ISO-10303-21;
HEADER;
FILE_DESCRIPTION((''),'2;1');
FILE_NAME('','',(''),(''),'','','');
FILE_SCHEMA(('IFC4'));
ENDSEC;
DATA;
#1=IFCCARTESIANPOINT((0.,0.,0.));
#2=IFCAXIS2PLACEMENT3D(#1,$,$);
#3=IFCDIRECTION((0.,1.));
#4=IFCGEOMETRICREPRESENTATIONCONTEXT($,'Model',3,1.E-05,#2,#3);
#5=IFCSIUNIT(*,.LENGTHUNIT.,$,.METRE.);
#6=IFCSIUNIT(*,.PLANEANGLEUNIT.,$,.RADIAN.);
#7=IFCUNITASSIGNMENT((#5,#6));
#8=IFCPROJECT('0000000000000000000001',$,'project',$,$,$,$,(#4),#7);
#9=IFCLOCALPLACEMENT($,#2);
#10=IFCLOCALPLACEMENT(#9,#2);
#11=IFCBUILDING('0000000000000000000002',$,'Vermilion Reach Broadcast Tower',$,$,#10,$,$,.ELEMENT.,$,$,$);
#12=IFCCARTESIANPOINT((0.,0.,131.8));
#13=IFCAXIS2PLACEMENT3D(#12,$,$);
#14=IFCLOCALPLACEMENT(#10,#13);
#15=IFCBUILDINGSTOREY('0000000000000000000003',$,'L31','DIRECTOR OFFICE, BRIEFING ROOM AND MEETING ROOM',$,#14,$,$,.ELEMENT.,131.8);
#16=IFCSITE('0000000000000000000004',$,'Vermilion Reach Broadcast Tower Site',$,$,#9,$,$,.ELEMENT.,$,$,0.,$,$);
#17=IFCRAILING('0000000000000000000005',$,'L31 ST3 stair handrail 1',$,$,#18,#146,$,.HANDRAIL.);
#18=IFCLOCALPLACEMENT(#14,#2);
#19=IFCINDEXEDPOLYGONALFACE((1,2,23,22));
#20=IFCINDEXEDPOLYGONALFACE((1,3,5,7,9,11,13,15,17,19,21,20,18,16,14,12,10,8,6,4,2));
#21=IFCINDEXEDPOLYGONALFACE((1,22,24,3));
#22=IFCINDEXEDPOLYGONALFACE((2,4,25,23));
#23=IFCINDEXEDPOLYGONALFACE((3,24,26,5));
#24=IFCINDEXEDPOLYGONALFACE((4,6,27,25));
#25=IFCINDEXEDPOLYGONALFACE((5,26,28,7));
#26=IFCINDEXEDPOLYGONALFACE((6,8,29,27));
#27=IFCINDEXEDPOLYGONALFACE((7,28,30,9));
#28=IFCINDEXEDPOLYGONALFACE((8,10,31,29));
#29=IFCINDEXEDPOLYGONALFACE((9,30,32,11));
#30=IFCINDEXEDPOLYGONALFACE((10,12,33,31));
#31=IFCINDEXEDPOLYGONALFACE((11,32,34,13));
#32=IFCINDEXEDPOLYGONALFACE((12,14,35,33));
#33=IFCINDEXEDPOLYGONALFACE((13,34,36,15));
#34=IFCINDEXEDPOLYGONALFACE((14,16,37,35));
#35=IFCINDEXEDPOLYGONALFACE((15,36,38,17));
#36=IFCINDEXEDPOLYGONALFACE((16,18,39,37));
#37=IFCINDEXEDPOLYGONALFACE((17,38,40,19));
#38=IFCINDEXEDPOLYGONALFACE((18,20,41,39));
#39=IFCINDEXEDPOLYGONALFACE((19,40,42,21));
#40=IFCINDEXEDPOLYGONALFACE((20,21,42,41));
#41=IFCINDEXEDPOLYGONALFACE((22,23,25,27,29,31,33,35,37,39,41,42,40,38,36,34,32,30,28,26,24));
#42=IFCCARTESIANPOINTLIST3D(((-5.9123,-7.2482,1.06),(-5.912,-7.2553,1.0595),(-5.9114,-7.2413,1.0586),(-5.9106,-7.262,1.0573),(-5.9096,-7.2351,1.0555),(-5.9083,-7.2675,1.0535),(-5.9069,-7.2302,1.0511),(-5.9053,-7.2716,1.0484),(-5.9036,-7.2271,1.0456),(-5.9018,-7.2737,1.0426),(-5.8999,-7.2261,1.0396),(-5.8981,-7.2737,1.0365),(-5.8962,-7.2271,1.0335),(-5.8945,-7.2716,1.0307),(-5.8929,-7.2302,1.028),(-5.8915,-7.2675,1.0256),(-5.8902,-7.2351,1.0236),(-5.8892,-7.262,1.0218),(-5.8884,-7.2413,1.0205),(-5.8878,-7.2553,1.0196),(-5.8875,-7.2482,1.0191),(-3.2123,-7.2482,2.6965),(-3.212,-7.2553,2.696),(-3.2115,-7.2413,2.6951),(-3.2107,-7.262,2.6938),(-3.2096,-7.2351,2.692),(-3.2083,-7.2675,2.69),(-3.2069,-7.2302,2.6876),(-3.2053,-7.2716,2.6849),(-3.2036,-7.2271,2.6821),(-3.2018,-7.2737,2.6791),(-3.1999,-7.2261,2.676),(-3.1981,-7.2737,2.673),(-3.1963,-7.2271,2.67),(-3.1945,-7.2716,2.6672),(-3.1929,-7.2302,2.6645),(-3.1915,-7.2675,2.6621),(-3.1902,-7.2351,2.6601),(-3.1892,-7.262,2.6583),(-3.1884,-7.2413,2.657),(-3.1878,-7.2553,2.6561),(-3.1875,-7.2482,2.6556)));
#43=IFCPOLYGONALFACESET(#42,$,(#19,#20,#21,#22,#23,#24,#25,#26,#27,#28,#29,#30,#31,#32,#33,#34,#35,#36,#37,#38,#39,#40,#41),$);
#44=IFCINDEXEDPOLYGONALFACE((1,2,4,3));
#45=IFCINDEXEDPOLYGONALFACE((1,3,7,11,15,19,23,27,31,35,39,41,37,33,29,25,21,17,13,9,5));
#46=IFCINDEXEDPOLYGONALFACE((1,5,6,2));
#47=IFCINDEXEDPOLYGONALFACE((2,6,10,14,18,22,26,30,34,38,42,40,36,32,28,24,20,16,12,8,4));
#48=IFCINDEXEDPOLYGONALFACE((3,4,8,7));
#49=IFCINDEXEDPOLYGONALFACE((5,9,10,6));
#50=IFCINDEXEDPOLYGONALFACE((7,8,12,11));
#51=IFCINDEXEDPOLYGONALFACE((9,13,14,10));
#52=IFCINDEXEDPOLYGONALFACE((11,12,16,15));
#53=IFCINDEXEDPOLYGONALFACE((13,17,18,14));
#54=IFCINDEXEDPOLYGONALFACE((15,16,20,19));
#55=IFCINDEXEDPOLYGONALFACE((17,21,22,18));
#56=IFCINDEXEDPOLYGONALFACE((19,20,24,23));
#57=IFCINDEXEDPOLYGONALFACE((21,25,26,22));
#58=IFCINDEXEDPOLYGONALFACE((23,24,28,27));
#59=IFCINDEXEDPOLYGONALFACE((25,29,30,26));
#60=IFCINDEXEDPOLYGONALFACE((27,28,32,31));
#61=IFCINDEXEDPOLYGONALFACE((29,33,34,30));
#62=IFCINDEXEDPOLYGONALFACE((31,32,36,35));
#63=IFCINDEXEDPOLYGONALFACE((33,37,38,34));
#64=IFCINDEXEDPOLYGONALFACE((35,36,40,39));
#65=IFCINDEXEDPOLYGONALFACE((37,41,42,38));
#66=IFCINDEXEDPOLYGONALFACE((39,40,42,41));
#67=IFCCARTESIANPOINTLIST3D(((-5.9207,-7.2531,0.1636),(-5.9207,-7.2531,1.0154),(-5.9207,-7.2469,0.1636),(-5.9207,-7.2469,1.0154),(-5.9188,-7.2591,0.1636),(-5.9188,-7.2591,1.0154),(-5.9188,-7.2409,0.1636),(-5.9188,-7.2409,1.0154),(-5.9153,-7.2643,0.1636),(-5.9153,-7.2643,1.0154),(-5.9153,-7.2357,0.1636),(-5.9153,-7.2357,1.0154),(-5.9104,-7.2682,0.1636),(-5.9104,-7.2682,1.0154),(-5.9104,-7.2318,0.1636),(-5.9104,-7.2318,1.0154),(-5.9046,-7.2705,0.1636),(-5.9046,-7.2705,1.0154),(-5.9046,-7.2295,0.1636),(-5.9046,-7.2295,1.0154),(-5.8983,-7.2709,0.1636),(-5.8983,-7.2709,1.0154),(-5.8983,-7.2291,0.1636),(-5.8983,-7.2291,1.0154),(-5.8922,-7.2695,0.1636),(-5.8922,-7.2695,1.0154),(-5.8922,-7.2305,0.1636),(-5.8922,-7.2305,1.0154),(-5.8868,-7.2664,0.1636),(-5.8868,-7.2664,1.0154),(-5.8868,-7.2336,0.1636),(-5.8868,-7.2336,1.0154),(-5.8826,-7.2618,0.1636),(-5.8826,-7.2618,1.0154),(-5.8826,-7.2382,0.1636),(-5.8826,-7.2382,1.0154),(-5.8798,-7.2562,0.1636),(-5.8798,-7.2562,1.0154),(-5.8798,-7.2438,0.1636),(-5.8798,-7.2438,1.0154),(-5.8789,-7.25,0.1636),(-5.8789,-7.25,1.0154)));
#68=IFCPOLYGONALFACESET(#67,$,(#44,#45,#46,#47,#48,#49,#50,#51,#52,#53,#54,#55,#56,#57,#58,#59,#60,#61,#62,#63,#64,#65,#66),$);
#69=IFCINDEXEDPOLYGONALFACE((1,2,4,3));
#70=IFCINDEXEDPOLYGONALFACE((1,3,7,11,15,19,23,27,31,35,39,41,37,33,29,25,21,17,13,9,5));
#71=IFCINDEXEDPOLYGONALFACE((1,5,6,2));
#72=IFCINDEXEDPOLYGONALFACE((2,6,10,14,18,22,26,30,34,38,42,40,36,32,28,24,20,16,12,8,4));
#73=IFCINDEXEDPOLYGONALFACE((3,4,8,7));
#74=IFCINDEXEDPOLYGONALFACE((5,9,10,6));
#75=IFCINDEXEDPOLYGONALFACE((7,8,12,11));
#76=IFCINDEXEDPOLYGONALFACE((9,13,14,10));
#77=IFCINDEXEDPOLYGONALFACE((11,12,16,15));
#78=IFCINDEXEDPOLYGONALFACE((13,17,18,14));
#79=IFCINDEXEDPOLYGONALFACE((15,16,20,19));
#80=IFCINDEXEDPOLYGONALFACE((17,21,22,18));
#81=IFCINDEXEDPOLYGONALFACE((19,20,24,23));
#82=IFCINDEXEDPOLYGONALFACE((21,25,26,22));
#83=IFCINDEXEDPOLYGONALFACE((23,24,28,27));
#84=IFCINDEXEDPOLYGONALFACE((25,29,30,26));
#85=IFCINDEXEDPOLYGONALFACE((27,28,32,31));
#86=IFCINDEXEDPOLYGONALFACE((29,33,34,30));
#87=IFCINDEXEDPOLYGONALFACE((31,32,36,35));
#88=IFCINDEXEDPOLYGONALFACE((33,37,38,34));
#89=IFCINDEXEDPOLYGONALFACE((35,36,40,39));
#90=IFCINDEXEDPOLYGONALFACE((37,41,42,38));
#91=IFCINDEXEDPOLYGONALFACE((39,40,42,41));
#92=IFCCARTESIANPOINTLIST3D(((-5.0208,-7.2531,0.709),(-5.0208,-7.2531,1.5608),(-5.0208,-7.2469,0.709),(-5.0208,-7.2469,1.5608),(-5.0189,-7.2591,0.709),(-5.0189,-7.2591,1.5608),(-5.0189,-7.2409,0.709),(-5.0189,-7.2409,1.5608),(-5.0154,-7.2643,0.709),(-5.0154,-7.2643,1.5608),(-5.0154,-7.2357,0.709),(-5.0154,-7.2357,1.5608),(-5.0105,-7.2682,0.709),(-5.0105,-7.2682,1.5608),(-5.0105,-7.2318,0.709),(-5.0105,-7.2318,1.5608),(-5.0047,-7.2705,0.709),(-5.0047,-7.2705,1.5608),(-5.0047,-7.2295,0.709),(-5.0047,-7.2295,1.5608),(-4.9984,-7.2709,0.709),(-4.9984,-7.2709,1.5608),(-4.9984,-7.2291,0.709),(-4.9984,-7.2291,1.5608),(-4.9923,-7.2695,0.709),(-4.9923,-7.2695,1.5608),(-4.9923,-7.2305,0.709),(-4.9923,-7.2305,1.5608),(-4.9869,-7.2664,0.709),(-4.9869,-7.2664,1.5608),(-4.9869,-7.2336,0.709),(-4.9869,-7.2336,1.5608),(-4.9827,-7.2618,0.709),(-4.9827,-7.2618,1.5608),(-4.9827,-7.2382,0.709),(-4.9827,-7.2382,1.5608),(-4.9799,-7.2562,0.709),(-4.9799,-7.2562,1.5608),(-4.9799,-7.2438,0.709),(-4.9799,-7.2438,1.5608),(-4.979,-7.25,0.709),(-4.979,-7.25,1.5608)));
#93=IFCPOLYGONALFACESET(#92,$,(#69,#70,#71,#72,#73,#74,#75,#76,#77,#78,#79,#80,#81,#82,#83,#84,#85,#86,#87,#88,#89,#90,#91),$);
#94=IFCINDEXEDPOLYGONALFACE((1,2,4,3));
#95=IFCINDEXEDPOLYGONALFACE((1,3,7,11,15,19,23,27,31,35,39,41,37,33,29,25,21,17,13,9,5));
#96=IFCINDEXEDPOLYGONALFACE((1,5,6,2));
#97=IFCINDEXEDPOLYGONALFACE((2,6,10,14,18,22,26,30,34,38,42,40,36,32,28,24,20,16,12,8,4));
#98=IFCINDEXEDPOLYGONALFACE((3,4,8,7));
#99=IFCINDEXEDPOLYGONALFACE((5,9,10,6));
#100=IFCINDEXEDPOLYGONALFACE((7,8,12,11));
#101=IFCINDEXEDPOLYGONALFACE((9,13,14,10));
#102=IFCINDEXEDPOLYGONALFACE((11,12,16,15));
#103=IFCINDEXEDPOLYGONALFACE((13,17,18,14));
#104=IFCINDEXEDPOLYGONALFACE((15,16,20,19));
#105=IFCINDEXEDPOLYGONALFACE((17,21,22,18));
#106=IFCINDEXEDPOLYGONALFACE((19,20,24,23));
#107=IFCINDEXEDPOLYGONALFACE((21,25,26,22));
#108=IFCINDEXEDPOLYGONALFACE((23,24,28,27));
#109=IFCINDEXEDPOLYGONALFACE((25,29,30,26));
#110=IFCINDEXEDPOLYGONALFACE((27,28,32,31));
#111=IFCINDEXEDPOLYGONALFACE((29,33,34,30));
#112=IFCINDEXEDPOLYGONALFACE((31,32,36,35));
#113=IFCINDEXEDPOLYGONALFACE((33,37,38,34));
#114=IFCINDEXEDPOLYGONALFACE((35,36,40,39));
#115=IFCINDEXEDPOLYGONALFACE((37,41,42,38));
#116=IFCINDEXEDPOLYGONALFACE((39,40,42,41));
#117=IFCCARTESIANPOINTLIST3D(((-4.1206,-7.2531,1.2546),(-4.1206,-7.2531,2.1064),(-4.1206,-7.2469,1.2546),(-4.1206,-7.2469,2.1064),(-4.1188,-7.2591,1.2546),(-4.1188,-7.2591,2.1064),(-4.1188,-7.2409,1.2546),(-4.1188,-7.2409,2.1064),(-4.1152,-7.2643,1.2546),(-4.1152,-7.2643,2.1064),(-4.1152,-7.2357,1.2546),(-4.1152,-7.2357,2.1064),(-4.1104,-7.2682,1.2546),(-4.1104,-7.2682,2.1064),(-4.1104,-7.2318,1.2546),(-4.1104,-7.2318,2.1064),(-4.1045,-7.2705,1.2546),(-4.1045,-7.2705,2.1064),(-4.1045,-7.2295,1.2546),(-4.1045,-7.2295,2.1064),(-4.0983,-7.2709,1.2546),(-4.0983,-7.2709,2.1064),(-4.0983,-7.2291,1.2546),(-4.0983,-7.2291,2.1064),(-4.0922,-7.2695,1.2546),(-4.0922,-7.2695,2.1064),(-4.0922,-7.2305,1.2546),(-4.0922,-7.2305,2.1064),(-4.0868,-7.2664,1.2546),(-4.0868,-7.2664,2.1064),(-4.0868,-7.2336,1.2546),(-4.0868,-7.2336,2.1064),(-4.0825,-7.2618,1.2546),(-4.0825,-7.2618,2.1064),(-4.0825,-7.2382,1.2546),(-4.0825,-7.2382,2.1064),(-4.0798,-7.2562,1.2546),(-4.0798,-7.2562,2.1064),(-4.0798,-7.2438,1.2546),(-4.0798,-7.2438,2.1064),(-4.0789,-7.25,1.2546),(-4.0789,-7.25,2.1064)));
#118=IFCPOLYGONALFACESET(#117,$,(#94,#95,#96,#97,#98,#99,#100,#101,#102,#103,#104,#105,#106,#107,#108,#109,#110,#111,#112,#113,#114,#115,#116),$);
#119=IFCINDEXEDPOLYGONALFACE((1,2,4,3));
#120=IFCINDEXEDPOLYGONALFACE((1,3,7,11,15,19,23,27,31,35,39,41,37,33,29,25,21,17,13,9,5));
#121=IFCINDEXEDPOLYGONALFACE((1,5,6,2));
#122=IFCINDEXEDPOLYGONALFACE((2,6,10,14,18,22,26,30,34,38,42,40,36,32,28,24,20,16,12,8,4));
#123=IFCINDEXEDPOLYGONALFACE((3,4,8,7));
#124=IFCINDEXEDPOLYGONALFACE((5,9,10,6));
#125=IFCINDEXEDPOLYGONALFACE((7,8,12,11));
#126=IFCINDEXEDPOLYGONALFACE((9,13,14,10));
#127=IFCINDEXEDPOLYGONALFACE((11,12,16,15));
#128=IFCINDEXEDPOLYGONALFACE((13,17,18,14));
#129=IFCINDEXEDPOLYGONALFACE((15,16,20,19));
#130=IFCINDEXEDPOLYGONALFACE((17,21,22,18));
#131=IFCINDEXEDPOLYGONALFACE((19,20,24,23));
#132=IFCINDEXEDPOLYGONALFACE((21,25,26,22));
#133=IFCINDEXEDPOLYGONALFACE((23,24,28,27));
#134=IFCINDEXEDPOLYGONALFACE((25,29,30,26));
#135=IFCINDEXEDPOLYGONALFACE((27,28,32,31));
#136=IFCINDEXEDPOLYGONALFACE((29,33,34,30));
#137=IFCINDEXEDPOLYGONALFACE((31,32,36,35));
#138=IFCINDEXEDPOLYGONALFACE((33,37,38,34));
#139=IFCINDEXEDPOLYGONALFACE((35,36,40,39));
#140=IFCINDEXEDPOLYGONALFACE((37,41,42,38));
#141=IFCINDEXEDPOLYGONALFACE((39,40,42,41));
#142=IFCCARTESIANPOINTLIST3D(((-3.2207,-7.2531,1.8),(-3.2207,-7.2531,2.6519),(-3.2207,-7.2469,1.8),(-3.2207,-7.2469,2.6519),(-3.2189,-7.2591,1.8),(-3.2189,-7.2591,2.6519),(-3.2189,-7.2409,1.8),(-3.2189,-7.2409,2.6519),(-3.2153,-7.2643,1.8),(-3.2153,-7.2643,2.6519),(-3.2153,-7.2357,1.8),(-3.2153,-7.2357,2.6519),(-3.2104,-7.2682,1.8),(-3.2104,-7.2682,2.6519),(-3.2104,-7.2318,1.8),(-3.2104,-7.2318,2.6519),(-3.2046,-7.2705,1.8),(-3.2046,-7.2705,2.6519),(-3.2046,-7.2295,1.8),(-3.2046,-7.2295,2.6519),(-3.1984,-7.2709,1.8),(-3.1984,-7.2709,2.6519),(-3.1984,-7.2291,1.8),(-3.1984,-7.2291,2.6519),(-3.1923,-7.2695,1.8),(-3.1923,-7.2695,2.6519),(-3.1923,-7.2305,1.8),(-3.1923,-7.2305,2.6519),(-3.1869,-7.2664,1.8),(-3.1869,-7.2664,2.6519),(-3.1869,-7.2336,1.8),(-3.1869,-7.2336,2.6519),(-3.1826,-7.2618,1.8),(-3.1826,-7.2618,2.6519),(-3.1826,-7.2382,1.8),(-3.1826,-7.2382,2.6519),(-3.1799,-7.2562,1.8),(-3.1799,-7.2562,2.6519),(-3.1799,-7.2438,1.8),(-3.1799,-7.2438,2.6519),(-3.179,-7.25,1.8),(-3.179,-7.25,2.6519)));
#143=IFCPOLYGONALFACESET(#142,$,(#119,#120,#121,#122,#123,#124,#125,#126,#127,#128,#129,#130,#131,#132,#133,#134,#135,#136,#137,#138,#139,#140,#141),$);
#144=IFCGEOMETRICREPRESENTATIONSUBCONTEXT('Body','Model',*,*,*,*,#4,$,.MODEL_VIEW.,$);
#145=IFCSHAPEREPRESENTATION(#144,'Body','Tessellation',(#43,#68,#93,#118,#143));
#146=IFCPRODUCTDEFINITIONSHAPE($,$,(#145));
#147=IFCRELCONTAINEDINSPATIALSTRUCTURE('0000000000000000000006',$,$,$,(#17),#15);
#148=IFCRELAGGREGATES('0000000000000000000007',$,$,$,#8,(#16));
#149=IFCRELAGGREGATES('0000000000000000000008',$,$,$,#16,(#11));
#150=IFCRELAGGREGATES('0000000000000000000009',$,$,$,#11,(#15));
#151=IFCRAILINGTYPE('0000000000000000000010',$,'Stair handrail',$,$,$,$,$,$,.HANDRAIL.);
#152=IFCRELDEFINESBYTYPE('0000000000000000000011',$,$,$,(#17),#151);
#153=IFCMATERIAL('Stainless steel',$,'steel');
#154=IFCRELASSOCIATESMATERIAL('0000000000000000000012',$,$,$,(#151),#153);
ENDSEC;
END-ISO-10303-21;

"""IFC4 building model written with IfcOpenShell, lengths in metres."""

from ifc_helpers import new_model, si_unit, direction, frame, origin, origin_2d, place, context, subcontext, project, spatial, circle, extrude, material, type_object, element, save


model = new_model("IFC4")

# Units and contexts
model_context = context("Model", 3, precision=1e-05, world=origin(), true_north=direction((0.0, 1.0)))
body_context = subcontext(model_context, "Body", "Model", "MODEL_VIEW")
ifc_project = project(units=[si_unit("LENGTHUNIT", "METRE"), si_unit("PLANEANGLEUNIT", "RADIAN")], contexts=[model_context])

# Site, building, storey
site_placement = place(None, origin())
site = spatial("IfcSite", under=ifc_project, at=site_placement, Name="Vermilion Reach Broadcast Tower Site", CompositionType="ELEMENT", RefElevation=0.0)
building_placement = place(site_placement, origin())
building = spatial("IfcBuilding", under=site, at=building_placement, Name="Vermilion Reach Broadcast Tower", CompositionType="ELEMENT")
storey_placement = place(building_placement, frame((0.0, 0.0, 131.8)))
storey = spatial("IfcBuildingStorey", under=building, at=storey_placement, Name="L31", Description="DIRECTOR OFFICE, BRIEFING ROOM AND MEETING ROOM", CompositionType="ELEMENT", Elevation=131.8)

# Railing
ifc_material_1 = material(Name="Stainless steel", Category="steel")
railing_type_1 = type_object("IfcRailingType", Name="Stair handrail", PredefinedType="HANDRAIL", material=ifc_material_1)
railing_1_placement = place(storey_placement, frame((-5.8999, -7.25, 0.1636)))
element("IfcRailing", 1, at=railing_1_placement, inside=storey, type_object=railing_type_1, Name="L31 ST3 stair handrail 1", PredefinedType="HANDRAIL", context=body_context, shape_type="SweptSolid", body=[
    extrude(circle(Radius=0.0239, at=origin_2d()), frame((0.0, 0.0, 0.876), z_axis=(0.855178, 0.0, 0.518334), x_axis=(0.0, 1.0, 0.0)), (0.0, 0.0, 1.0), 3.1572),
    extrude(circle(Radius=0.021, at=origin_2d()), origin(), (0.0, 0.0, 1.0), 0.8518),
    extrude(circle(Radius=0.021, at=origin_2d()), frame((0.8999, 0.0, 0.5454)), (0.0, 0.0, 1.0), 0.8518),
    extrude(circle(Radius=0.021, at=origin_2d()), frame((1.8, 0.0, 1.0911)), (0.0, 0.0, 1.0), 0.8518),
    extrude(circle(Radius=0.021, at=origin_2d()), frame((2.7, 0.0, 1.6365)), (0.0, 0.0, 1.0), 0.8518),
])

save(model, "model.ifc")
